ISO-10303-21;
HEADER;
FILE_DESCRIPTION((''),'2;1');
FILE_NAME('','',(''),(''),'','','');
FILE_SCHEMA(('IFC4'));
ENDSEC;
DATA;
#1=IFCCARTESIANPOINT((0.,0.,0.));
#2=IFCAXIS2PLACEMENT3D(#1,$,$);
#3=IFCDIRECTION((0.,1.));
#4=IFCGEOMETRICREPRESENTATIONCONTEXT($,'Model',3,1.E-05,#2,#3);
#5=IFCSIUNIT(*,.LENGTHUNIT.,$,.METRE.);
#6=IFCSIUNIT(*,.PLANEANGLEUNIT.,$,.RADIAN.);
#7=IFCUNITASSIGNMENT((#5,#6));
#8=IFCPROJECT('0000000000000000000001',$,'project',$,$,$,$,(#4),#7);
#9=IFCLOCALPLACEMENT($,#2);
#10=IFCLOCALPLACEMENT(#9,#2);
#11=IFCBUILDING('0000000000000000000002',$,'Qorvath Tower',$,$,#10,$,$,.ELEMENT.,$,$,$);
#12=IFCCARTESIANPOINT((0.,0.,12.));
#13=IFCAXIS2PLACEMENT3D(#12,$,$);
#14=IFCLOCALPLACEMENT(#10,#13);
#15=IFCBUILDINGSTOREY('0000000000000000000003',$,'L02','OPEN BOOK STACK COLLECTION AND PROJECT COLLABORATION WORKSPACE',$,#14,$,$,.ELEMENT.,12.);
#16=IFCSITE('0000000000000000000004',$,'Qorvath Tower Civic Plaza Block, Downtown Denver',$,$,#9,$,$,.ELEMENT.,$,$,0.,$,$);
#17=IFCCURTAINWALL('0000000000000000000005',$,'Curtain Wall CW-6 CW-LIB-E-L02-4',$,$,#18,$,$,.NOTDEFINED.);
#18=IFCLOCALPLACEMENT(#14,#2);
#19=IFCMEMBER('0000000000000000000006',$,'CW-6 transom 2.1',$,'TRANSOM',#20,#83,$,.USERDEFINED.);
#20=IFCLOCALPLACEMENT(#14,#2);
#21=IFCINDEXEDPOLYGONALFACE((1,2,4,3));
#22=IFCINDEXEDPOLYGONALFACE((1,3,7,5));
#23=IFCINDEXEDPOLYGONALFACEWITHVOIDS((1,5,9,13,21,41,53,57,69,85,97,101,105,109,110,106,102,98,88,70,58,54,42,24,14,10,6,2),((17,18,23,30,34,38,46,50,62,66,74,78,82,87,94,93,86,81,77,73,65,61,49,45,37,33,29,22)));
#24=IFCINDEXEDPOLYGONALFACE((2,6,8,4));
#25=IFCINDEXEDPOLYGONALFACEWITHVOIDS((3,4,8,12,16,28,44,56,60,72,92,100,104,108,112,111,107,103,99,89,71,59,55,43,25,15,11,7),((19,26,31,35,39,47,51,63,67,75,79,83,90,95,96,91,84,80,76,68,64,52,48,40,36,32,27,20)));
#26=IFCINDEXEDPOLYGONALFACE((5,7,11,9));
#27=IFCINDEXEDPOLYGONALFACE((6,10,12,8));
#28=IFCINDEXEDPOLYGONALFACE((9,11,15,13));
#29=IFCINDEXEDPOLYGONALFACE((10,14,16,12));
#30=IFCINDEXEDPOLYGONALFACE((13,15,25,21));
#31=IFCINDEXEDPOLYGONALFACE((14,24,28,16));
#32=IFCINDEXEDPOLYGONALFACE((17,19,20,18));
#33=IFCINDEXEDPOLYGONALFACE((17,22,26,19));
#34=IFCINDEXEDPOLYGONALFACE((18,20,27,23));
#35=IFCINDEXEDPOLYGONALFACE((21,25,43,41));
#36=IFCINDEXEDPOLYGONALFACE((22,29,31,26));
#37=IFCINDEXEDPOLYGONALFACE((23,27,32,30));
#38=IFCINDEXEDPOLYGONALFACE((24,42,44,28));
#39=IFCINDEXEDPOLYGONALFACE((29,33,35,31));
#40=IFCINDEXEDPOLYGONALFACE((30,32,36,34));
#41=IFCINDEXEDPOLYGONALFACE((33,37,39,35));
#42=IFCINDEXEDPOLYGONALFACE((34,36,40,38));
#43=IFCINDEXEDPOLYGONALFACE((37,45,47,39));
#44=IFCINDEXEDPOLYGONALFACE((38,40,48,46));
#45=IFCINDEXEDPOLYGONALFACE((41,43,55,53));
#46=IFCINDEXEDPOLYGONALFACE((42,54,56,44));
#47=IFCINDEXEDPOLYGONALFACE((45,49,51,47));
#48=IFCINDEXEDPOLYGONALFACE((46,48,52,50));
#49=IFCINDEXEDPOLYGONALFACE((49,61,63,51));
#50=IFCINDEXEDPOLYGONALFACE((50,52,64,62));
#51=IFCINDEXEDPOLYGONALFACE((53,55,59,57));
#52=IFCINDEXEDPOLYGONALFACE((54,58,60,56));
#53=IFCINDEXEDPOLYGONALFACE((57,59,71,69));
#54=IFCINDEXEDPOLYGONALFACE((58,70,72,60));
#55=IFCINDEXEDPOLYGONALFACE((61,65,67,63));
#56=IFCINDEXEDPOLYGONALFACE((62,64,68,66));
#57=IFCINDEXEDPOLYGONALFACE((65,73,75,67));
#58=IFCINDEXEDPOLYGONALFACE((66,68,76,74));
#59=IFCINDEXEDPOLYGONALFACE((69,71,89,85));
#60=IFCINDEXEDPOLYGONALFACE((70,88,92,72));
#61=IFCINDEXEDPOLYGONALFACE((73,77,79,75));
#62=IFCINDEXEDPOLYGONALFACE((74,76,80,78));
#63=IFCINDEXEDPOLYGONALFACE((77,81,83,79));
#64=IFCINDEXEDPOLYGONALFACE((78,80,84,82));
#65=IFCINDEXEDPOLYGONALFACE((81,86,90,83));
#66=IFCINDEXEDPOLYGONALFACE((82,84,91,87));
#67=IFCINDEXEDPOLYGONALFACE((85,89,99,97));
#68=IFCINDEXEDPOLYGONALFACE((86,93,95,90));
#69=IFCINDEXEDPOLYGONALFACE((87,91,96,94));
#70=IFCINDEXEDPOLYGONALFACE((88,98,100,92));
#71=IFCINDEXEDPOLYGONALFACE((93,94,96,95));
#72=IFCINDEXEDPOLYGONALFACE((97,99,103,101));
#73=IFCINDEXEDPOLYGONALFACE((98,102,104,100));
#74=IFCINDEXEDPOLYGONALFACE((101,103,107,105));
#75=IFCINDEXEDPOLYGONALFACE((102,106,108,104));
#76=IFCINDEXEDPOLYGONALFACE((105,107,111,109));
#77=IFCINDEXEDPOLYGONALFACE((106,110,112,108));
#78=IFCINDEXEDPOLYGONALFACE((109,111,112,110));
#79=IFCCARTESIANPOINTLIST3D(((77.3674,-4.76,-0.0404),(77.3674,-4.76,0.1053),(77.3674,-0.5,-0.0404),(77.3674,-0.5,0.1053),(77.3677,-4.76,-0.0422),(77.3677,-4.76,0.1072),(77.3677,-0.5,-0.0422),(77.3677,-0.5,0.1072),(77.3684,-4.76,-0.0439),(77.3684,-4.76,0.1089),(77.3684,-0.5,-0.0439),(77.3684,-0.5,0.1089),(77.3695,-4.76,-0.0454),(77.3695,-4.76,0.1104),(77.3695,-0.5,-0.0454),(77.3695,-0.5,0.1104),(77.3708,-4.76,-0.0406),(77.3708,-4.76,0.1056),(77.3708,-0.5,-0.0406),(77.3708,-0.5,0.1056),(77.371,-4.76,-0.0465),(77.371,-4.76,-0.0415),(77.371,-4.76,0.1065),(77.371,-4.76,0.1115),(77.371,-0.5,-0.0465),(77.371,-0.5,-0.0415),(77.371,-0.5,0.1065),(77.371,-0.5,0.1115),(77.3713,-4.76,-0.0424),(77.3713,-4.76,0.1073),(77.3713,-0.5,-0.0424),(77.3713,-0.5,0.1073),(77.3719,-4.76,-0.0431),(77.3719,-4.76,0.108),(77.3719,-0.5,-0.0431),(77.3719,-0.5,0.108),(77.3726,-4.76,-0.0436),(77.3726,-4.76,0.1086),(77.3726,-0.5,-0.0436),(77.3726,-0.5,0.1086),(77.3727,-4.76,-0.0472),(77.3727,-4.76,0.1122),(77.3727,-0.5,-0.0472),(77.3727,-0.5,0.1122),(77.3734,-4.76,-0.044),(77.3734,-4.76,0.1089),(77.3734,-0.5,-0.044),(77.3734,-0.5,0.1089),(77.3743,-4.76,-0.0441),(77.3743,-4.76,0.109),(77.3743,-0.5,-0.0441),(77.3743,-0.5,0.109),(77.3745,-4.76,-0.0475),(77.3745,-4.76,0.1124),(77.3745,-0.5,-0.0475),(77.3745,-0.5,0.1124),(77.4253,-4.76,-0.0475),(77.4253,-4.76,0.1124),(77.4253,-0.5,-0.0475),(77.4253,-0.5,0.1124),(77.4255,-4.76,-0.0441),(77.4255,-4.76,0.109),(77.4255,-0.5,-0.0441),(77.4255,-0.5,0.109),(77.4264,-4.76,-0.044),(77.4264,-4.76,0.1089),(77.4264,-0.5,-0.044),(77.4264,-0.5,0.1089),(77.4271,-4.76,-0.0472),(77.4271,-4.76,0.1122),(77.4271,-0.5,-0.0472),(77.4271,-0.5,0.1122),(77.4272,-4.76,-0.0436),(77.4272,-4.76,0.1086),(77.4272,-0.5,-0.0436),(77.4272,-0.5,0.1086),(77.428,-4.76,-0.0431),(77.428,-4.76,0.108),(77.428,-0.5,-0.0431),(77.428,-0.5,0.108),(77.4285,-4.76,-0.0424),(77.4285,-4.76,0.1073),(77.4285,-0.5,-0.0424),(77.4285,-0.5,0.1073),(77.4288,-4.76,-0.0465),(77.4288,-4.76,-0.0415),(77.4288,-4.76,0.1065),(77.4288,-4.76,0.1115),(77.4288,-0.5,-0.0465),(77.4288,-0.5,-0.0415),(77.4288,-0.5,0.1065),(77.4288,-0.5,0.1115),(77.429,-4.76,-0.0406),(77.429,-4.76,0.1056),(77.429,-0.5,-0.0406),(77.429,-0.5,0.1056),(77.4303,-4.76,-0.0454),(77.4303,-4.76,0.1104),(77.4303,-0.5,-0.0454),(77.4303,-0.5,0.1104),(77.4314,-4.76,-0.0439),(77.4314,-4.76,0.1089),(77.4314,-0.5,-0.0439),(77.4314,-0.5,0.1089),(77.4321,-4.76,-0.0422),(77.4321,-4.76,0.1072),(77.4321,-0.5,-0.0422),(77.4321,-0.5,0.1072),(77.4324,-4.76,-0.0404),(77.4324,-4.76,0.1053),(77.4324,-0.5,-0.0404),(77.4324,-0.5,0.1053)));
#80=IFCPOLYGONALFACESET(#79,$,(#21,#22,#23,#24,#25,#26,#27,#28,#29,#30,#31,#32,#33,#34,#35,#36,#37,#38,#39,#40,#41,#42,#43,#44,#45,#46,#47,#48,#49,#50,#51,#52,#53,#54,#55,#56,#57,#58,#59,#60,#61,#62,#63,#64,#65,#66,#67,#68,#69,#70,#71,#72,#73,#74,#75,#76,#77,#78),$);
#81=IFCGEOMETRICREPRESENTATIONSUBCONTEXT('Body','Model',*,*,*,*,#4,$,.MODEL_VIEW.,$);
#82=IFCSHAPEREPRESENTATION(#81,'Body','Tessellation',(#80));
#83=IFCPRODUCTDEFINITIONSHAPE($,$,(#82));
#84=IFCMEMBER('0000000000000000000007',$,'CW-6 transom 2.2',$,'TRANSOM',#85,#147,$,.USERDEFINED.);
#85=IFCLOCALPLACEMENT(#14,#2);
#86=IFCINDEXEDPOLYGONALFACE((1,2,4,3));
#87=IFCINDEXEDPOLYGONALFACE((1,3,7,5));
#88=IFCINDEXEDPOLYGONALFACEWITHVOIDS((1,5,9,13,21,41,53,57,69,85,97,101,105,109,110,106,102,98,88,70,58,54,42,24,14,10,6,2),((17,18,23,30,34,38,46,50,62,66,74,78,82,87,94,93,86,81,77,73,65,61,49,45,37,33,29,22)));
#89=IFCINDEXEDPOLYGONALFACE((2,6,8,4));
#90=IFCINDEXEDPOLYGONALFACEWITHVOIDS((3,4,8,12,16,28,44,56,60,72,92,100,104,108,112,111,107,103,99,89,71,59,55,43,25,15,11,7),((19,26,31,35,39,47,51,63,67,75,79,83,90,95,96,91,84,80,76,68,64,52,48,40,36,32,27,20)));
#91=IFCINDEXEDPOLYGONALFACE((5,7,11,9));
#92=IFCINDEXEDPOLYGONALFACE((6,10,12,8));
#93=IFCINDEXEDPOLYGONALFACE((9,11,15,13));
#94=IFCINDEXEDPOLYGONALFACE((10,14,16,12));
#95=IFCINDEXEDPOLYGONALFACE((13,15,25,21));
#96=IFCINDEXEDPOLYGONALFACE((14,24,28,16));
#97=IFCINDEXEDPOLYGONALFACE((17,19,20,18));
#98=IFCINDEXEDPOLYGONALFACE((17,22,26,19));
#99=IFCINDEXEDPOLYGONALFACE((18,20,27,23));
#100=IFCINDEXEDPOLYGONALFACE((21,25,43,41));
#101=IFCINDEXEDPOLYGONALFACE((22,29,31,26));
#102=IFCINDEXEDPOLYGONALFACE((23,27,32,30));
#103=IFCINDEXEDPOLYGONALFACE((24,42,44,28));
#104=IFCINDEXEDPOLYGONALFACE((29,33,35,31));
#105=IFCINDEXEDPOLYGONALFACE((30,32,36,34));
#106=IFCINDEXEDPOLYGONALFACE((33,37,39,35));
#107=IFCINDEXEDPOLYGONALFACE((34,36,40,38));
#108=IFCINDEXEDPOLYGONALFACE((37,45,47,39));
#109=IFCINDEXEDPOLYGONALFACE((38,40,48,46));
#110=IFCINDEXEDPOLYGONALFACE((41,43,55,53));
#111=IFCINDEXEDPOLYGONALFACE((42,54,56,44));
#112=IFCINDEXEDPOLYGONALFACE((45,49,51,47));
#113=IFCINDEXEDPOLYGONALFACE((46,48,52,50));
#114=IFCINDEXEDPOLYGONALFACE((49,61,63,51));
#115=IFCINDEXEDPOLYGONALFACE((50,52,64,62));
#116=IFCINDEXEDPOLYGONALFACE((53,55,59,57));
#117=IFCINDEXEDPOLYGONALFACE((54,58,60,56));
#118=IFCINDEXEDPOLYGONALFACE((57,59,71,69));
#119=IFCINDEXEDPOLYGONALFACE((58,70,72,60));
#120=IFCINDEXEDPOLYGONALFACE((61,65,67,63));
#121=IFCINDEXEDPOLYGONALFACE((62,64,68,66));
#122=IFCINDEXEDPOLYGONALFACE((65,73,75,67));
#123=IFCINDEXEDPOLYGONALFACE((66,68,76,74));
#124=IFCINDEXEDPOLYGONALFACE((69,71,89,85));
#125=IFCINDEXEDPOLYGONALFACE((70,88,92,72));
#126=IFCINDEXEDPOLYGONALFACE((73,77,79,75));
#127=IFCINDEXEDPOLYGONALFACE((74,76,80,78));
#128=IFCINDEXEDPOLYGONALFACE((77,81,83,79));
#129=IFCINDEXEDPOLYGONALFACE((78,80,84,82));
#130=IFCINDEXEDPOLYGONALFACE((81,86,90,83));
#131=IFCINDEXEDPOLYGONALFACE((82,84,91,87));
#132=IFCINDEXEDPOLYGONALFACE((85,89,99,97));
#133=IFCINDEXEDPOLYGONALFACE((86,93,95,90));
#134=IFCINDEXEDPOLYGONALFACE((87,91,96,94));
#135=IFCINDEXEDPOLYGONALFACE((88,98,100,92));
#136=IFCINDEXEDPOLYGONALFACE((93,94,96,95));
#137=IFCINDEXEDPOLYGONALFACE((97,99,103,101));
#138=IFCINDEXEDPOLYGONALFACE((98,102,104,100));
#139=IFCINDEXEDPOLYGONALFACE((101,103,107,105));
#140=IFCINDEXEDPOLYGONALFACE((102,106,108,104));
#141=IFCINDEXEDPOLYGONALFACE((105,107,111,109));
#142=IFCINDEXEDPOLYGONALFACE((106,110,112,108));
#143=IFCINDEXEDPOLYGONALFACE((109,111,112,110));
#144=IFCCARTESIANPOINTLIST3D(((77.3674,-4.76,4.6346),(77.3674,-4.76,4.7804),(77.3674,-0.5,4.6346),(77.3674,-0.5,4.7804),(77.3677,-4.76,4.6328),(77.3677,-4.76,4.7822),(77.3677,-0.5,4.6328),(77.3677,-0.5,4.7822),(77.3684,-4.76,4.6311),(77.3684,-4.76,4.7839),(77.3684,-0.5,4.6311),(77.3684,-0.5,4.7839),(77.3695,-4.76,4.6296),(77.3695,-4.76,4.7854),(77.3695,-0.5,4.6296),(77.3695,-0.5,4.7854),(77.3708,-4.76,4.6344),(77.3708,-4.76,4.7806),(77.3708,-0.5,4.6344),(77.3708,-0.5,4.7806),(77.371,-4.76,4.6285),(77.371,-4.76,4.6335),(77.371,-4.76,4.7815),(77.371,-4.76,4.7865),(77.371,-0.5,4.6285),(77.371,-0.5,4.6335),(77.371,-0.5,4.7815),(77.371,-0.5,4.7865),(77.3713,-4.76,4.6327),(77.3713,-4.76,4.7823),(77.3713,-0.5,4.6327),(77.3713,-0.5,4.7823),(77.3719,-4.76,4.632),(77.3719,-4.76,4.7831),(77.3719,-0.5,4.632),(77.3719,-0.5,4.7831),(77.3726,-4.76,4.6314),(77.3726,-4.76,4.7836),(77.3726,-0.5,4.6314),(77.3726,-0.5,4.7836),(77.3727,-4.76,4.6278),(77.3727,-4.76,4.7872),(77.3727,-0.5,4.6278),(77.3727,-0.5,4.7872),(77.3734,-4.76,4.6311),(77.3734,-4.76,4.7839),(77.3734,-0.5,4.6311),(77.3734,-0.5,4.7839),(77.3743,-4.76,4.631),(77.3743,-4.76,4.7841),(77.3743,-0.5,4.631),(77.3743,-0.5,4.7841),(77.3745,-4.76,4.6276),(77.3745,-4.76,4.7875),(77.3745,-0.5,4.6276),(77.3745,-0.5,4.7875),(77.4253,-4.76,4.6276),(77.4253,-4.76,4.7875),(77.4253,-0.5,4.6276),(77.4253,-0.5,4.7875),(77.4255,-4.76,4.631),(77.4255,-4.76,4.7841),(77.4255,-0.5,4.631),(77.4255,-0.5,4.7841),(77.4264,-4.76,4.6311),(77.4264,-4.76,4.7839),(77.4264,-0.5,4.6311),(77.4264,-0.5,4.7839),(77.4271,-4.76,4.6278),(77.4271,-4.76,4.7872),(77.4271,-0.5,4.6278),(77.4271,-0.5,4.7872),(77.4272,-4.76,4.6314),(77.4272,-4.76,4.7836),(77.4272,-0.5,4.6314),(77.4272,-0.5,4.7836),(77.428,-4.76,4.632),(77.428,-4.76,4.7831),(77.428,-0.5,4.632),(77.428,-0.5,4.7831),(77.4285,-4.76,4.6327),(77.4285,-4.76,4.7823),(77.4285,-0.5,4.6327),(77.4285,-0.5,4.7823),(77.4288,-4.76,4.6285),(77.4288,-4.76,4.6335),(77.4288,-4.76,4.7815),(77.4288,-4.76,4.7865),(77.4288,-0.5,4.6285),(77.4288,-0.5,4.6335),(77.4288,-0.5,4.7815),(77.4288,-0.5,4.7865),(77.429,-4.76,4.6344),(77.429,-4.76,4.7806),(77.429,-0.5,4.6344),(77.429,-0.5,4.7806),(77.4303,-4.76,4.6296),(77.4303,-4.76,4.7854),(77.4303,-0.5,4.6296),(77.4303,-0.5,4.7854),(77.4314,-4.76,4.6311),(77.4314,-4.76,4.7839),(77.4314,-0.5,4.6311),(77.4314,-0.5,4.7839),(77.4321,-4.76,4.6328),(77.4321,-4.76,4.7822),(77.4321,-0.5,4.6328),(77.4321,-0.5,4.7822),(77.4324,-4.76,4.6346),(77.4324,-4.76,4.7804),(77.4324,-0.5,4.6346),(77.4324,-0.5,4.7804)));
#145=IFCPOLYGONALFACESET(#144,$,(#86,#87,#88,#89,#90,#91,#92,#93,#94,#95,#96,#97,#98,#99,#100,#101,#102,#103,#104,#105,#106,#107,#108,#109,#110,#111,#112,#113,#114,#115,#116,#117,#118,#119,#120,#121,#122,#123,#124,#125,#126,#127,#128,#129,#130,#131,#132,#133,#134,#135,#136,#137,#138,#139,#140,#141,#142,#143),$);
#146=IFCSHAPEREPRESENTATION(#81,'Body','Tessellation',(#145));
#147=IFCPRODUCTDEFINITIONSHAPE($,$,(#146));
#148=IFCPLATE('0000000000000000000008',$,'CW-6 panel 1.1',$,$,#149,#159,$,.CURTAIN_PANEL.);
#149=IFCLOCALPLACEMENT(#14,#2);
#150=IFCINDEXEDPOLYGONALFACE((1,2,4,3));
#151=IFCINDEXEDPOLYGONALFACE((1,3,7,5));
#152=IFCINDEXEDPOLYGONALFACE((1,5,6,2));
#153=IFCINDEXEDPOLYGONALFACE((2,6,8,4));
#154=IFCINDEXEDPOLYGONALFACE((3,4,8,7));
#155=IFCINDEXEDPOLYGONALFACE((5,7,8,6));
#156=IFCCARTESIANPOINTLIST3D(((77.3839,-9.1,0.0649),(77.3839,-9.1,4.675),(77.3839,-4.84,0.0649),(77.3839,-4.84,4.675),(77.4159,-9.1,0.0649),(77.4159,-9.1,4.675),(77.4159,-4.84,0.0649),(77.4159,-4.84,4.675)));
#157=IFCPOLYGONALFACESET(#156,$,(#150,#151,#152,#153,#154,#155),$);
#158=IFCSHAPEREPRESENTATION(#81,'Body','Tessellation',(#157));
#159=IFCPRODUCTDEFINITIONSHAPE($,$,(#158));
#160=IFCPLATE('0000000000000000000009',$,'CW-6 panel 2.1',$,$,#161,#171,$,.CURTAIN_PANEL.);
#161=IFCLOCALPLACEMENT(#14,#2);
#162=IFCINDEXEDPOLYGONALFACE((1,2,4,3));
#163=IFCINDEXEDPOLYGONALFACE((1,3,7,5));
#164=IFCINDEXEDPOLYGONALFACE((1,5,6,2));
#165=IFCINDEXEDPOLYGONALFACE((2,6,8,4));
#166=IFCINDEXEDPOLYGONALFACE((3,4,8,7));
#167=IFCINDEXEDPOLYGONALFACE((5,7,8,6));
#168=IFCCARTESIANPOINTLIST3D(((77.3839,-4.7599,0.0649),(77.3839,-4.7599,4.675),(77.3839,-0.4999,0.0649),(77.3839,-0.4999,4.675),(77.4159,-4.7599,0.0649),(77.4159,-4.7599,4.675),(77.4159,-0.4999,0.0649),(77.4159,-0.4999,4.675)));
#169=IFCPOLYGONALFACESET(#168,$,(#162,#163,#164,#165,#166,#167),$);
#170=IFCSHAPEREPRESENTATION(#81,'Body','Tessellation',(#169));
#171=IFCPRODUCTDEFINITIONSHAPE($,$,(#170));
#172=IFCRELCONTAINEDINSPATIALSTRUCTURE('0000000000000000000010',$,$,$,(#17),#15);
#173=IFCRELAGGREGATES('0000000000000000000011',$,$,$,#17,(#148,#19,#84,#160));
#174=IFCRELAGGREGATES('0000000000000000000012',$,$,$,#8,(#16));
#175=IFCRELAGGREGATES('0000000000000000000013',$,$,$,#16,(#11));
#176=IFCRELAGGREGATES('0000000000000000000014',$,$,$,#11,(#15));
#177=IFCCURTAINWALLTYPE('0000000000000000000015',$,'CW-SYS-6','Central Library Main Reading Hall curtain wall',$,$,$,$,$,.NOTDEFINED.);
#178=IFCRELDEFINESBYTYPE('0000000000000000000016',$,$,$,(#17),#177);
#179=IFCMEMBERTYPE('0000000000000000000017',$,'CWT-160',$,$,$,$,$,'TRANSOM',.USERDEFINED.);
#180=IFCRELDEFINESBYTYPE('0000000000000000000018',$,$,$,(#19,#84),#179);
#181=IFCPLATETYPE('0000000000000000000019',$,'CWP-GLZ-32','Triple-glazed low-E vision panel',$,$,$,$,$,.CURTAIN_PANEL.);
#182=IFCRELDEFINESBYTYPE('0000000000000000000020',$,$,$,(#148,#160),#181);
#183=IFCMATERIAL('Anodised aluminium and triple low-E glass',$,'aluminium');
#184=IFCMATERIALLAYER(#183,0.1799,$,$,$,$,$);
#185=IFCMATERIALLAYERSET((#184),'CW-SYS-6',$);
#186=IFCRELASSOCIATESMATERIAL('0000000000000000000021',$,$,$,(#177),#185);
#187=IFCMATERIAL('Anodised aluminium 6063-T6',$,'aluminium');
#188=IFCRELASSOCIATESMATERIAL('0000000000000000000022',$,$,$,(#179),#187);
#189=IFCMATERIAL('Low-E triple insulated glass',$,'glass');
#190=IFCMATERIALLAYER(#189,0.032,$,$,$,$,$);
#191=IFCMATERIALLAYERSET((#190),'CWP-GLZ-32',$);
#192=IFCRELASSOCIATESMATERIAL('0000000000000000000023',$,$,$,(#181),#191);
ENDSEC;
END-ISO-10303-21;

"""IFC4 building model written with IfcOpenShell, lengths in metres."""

from ifc_helpers import new_model, si_unit, direction, frame, origin, origin_2d, place, context, subcontext, project, spatial, rectangle, hollow_rectangle, extrude, material, layer, layer_set, material_profile, profile_set, type_object, element, aggregate, save


model = new_model("IFC4")

# Units and contexts
model_context = context("Model", 3, precision=1e-05, world=origin(), true_north=direction((0.0, 1.0)))
body_context = subcontext(model_context, "Body", "Model", "MODEL_VIEW")
ifc_project = project(units=[si_unit("LENGTHUNIT", "METRE"), si_unit("PLANEANGLEUNIT", "RADIAN")], contexts=[model_context])

# Site, building, storey
site_placement = place(None, origin())
site = spatial("IfcSite", under=ifc_project, at=site_placement, Name="Qorvath Tower Civic Plaza Block, Downtown Denver", CompositionType="ELEMENT", RefElevation=0.0)
building_placement = place(site_placement, origin())
building = spatial("IfcBuilding", under=site, at=building_placement, Name="Qorvath Tower", CompositionType="ELEMENT")
storey_placement = place(building_placement, frame((0.0, 0.0, 12.0)))
storey = spatial("IfcBuildingStorey", under=building, at=storey_placement, Name="L02", Description="OPEN BOOK STACK COLLECTION AND PROJECT COLLABORATION WORKSPACE", CompositionType="ELEMENT", Elevation=12.0)

# Curtain wall, members, plates
ifc_material_1 = material(Name="Anodised aluminium and triple low-E glass", Category="aluminium")
ifc_layer_1 = layer(ifc_material_1, 0.1799)
ifc_layer_set_1 = layer_set([ifc_layer_1], Name="CW-SYS-6")
curtain_wall_type = type_object("IfcCurtainWallType", Name="CW-SYS-6", Description="Central Library Main Reading Hall curtain wall", PredefinedType="NOTDEFINED", material=ifc_layer_set_1)
curtain_wall_placement = place(storey_placement, origin())
curtain_wall = element("IfcCurtainWall", 1, at=curtain_wall_placement, inside=storey, type_object=curtain_wall_type, Name="Curtain Wall CW-6 CW-LIB-E-L02-4", PredefinedType="NOTDEFINED")
ifc_material_2 = material(Name="Anodised aluminium 6063-T6", Category="aluminium")
ifc_material_profile_1 = material_profile(ifc_material_2, hollow_rectangle(XDim=0.0649, YDim=0.1599, WallThickness=0.0034, InnerFilletRadius=0.0034, OuterFilletRadius=0.0071, at=origin_2d()), Name="CWT 160x65")
ifc_profile_set_1 = profile_set([ifc_material_profile_1], Name="Anodised aluminium 6063-T6")
member_type_1 = type_object("IfcMemberType", Name="CWT-160", ElementType="TRANSOM", PredefinedType="USERDEFINED", material=ifc_profile_set_1)
member_1_placement = place(storey_placement, frame((77.3999, -4.76, 0.0325), z_axis=(0.0, 1.0, 0.0), x_axis=(-1.0, 0.0, 0.0)))
member_1 = element("IfcMember", 2, at=member_1_placement, type_object=member_type_1, Name="CW-6 transom 2.1", ObjectType="TRANSOM", PredefinedType="USERDEFINED", context=body_context, shape_type="SweptSolid", body=[
    extrude(hollow_rectangle(XDim=0.0649, YDim=0.1599, WallThickness=0.0034, InnerFilletRadius=0.0034, OuterFilletRadius=0.0071, at=origin_2d()), origin(), (0.0, 0.0, 1.0), 4.26),
])
member_2_placement = place(storey_placement, frame((77.3999, -4.76, 4.7075), z_axis=(0.0, 1.0, 0.0), x_axis=(-1.0, 0.0, 0.0)))
member_2 = element("IfcMember", 3, at=member_2_placement, type_object=member_type_1, Name="CW-6 transom 2.2", ObjectType="TRANSOM", PredefinedType="USERDEFINED", context=body_context, shape_type="SweptSolid", body=[
    extrude(hollow_rectangle(XDim=0.0649, YDim=0.1599, WallThickness=0.0034, InnerFilletRadius=0.0034, OuterFilletRadius=0.0071, at=origin_2d()), origin(), (0.0, 0.0, 1.0), 4.26),
])
ifc_material_3 = material(Name="Low-E triple insulated glass", Category="glass")
ifc_layer_2 = layer(ifc_material_3, 0.032)
ifc_layer_set_2 = layer_set([ifc_layer_2], Name="CWP-GLZ-32")
plate_type = type_object("IfcPlateType", Name="CWP-GLZ-32", Description="Triple-glazed low-E vision panel", PredefinedType="CURTAIN_PANEL", material=ifc_layer_set_2)
plate_1_placement = place(storey_placement, frame((77.3999, -6.97, 0.0649), z_axis=(0.0, 0.0, 1.0), x_axis=(0.0, 1.0, 0.0)))
plate_1 = element("IfcPlate", 4, at=plate_1_placement, type_object=plate_type, Name="CW-6 panel 1.1", PredefinedType="CURTAIN_PANEL", context=body_context, shape_type="SweptSolid", body=[
    extrude(rectangle(XDim=4.26, YDim=0.032, at=origin_2d()), origin(), (0.0, 0.0, 1.0), 4.6101),
])
plate_2_placement = place(storey_placement, frame((77.3999, -2.6299, 0.0649), z_axis=(0.0, 0.0, 1.0), x_axis=(0.0, 1.0, 0.0)))
plate_2 = element("IfcPlate", 5, at=plate_2_placement, type_object=plate_type, Name="CW-6 panel 2.1", PredefinedType="CURTAIN_PANEL", context=body_context, shape_type="SweptSolid", body=[
    extrude(rectangle(XDim=4.26, YDim=0.032, at=origin_2d()), origin(), (0.0, 0.0, 1.0), 4.6101),
])
aggregate(curtain_wall, [plate_1, member_1, member_2, plate_2])

save(model, "model.ifc")
